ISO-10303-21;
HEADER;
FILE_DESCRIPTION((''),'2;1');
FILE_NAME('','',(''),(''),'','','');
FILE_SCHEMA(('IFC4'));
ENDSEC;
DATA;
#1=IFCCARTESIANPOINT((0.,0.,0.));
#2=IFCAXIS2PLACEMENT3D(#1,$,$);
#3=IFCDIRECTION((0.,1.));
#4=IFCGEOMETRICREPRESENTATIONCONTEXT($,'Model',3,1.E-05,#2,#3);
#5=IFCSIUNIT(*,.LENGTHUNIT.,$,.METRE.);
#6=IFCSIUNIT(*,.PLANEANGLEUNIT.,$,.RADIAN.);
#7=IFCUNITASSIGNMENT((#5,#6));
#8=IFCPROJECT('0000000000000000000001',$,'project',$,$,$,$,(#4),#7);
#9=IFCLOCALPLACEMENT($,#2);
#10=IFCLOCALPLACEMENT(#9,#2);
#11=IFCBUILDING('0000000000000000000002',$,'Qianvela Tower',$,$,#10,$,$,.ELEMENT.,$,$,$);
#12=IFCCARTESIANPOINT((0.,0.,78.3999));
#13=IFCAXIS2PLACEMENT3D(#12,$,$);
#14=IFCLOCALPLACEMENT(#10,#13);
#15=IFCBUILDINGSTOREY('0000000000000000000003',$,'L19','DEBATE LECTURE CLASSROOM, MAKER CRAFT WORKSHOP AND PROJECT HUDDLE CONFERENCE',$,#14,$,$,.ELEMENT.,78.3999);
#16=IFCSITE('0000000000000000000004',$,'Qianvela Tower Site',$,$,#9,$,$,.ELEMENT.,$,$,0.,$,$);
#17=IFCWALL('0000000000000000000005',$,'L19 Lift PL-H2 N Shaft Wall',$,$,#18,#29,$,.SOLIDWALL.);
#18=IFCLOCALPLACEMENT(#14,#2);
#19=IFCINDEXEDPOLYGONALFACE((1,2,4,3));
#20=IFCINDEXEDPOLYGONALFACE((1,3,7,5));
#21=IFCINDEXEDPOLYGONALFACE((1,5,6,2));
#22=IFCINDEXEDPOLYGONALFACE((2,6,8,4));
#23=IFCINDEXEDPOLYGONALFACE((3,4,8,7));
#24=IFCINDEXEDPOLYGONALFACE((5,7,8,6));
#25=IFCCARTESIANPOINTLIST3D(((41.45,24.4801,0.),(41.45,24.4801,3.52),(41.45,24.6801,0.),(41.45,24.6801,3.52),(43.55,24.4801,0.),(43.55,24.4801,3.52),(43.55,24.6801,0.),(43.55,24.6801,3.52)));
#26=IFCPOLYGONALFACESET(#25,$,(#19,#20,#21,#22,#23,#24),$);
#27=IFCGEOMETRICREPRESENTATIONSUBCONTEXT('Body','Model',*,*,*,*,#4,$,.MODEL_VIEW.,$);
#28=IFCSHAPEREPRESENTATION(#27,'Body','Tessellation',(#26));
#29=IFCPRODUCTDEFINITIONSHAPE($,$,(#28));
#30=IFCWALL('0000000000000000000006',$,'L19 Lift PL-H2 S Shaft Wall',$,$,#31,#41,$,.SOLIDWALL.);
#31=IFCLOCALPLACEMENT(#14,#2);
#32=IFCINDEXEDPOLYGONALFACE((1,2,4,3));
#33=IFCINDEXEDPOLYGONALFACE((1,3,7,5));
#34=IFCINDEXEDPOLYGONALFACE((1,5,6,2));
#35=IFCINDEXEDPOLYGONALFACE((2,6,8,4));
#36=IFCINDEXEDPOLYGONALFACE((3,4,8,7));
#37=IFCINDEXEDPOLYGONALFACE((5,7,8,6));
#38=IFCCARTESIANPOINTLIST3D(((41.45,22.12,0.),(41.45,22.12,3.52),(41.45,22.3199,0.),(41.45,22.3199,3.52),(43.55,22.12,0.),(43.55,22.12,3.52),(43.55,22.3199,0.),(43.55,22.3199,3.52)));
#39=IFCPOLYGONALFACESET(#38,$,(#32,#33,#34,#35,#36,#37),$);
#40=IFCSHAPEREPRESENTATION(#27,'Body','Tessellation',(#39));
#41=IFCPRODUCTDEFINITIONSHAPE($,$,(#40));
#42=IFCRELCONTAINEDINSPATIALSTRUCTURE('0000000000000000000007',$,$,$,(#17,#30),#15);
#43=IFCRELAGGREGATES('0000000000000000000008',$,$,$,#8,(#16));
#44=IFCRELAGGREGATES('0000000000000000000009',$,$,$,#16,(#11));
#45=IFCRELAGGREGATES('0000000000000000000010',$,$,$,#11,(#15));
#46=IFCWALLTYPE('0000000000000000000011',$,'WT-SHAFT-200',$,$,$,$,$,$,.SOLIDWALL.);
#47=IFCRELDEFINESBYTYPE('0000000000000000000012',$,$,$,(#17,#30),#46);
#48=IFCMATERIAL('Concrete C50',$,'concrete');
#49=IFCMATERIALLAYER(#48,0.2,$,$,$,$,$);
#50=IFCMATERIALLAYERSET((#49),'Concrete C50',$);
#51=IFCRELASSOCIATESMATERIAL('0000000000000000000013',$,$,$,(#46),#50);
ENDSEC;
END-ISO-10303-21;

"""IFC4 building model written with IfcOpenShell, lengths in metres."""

from ifc_helpers import new_model, si_unit, direction, frame, frame_2d, origin, place, context, subcontext, project, spatial, rectangle, extrude, material, layer, layer_set, type_object, element, save


model = new_model("IFC4")

# Units and contexts
model_context = context("Model", 3, precision=1e-05, world=origin(), true_north=direction((0.0, 1.0)))
body_context = subcontext(model_context, "Body", "Model", "MODEL_VIEW")
ifc_project = project(units=[si_unit("LENGTHUNIT", "METRE"), si_unit("PLANEANGLEUNIT", "RADIAN")], contexts=[model_context])

# Site, building, storey
site_placement = place(None, origin())
site = spatial("IfcSite", under=ifc_project, at=site_placement, Name="Qianvela Tower Site", CompositionType="ELEMENT", RefElevation=0.0)
building_placement = place(site_placement, origin())
building = spatial("IfcBuilding", under=site, at=building_placement, Name="Qianvela Tower", CompositionType="ELEMENT")
storey_placement = place(building_placement, frame((0.0, 0.0, 78.3999)))
storey = spatial("IfcBuildingStorey", under=building, at=storey_placement, Name="L19", Description="DEBATE LECTURE CLASSROOM, MAKER CRAFT WORKSHOP AND PROJECT HUDDLE CONFERENCE", CompositionType="ELEMENT", Elevation=78.3999)

# Walls
ifc_material_1 = material(Name="Concrete C50", Category="concrete")
ifc_layer_1 = layer(ifc_material_1, 0.2)
ifc_layer_set_1 = layer_set([ifc_layer_1], Name="Concrete C50")
wall_type_1 = type_object("IfcWallType", Name="WT-SHAFT-200", PredefinedType="SOLIDWALL", material=ifc_layer_set_1)
for number, where, z_axis, x_axis, name in (
    (1, (41.45, 24.5801, 0.0), (0.0, 0.0, 1.0), (1.0, 0.0, 0.0), "L19 Lift PL-H2 N Shaft Wall"),
    (2, (41.45, 22.22, 0.0), (0.0, 0.0, 1.0), (1.0, 0.0, 0.0), "L19 Lift PL-H2 S Shaft Wall"),
):
    element("IfcWall", number, at=place(storey_placement, frame(where, z_axis=z_axis, x_axis=x_axis)), inside=storey, type_object=wall_type_1, Name=name, PredefinedType="SOLIDWALL", context=body_context, shape_type="SweptSolid", body=[
        extrude(rectangle(XDim=2.1001, YDim=0.2, at=frame_2d((1.05, 0.0))), origin(), (0.0, 0.0, 1.0), 3.52),
    ])

save(model, "model.ifc")
